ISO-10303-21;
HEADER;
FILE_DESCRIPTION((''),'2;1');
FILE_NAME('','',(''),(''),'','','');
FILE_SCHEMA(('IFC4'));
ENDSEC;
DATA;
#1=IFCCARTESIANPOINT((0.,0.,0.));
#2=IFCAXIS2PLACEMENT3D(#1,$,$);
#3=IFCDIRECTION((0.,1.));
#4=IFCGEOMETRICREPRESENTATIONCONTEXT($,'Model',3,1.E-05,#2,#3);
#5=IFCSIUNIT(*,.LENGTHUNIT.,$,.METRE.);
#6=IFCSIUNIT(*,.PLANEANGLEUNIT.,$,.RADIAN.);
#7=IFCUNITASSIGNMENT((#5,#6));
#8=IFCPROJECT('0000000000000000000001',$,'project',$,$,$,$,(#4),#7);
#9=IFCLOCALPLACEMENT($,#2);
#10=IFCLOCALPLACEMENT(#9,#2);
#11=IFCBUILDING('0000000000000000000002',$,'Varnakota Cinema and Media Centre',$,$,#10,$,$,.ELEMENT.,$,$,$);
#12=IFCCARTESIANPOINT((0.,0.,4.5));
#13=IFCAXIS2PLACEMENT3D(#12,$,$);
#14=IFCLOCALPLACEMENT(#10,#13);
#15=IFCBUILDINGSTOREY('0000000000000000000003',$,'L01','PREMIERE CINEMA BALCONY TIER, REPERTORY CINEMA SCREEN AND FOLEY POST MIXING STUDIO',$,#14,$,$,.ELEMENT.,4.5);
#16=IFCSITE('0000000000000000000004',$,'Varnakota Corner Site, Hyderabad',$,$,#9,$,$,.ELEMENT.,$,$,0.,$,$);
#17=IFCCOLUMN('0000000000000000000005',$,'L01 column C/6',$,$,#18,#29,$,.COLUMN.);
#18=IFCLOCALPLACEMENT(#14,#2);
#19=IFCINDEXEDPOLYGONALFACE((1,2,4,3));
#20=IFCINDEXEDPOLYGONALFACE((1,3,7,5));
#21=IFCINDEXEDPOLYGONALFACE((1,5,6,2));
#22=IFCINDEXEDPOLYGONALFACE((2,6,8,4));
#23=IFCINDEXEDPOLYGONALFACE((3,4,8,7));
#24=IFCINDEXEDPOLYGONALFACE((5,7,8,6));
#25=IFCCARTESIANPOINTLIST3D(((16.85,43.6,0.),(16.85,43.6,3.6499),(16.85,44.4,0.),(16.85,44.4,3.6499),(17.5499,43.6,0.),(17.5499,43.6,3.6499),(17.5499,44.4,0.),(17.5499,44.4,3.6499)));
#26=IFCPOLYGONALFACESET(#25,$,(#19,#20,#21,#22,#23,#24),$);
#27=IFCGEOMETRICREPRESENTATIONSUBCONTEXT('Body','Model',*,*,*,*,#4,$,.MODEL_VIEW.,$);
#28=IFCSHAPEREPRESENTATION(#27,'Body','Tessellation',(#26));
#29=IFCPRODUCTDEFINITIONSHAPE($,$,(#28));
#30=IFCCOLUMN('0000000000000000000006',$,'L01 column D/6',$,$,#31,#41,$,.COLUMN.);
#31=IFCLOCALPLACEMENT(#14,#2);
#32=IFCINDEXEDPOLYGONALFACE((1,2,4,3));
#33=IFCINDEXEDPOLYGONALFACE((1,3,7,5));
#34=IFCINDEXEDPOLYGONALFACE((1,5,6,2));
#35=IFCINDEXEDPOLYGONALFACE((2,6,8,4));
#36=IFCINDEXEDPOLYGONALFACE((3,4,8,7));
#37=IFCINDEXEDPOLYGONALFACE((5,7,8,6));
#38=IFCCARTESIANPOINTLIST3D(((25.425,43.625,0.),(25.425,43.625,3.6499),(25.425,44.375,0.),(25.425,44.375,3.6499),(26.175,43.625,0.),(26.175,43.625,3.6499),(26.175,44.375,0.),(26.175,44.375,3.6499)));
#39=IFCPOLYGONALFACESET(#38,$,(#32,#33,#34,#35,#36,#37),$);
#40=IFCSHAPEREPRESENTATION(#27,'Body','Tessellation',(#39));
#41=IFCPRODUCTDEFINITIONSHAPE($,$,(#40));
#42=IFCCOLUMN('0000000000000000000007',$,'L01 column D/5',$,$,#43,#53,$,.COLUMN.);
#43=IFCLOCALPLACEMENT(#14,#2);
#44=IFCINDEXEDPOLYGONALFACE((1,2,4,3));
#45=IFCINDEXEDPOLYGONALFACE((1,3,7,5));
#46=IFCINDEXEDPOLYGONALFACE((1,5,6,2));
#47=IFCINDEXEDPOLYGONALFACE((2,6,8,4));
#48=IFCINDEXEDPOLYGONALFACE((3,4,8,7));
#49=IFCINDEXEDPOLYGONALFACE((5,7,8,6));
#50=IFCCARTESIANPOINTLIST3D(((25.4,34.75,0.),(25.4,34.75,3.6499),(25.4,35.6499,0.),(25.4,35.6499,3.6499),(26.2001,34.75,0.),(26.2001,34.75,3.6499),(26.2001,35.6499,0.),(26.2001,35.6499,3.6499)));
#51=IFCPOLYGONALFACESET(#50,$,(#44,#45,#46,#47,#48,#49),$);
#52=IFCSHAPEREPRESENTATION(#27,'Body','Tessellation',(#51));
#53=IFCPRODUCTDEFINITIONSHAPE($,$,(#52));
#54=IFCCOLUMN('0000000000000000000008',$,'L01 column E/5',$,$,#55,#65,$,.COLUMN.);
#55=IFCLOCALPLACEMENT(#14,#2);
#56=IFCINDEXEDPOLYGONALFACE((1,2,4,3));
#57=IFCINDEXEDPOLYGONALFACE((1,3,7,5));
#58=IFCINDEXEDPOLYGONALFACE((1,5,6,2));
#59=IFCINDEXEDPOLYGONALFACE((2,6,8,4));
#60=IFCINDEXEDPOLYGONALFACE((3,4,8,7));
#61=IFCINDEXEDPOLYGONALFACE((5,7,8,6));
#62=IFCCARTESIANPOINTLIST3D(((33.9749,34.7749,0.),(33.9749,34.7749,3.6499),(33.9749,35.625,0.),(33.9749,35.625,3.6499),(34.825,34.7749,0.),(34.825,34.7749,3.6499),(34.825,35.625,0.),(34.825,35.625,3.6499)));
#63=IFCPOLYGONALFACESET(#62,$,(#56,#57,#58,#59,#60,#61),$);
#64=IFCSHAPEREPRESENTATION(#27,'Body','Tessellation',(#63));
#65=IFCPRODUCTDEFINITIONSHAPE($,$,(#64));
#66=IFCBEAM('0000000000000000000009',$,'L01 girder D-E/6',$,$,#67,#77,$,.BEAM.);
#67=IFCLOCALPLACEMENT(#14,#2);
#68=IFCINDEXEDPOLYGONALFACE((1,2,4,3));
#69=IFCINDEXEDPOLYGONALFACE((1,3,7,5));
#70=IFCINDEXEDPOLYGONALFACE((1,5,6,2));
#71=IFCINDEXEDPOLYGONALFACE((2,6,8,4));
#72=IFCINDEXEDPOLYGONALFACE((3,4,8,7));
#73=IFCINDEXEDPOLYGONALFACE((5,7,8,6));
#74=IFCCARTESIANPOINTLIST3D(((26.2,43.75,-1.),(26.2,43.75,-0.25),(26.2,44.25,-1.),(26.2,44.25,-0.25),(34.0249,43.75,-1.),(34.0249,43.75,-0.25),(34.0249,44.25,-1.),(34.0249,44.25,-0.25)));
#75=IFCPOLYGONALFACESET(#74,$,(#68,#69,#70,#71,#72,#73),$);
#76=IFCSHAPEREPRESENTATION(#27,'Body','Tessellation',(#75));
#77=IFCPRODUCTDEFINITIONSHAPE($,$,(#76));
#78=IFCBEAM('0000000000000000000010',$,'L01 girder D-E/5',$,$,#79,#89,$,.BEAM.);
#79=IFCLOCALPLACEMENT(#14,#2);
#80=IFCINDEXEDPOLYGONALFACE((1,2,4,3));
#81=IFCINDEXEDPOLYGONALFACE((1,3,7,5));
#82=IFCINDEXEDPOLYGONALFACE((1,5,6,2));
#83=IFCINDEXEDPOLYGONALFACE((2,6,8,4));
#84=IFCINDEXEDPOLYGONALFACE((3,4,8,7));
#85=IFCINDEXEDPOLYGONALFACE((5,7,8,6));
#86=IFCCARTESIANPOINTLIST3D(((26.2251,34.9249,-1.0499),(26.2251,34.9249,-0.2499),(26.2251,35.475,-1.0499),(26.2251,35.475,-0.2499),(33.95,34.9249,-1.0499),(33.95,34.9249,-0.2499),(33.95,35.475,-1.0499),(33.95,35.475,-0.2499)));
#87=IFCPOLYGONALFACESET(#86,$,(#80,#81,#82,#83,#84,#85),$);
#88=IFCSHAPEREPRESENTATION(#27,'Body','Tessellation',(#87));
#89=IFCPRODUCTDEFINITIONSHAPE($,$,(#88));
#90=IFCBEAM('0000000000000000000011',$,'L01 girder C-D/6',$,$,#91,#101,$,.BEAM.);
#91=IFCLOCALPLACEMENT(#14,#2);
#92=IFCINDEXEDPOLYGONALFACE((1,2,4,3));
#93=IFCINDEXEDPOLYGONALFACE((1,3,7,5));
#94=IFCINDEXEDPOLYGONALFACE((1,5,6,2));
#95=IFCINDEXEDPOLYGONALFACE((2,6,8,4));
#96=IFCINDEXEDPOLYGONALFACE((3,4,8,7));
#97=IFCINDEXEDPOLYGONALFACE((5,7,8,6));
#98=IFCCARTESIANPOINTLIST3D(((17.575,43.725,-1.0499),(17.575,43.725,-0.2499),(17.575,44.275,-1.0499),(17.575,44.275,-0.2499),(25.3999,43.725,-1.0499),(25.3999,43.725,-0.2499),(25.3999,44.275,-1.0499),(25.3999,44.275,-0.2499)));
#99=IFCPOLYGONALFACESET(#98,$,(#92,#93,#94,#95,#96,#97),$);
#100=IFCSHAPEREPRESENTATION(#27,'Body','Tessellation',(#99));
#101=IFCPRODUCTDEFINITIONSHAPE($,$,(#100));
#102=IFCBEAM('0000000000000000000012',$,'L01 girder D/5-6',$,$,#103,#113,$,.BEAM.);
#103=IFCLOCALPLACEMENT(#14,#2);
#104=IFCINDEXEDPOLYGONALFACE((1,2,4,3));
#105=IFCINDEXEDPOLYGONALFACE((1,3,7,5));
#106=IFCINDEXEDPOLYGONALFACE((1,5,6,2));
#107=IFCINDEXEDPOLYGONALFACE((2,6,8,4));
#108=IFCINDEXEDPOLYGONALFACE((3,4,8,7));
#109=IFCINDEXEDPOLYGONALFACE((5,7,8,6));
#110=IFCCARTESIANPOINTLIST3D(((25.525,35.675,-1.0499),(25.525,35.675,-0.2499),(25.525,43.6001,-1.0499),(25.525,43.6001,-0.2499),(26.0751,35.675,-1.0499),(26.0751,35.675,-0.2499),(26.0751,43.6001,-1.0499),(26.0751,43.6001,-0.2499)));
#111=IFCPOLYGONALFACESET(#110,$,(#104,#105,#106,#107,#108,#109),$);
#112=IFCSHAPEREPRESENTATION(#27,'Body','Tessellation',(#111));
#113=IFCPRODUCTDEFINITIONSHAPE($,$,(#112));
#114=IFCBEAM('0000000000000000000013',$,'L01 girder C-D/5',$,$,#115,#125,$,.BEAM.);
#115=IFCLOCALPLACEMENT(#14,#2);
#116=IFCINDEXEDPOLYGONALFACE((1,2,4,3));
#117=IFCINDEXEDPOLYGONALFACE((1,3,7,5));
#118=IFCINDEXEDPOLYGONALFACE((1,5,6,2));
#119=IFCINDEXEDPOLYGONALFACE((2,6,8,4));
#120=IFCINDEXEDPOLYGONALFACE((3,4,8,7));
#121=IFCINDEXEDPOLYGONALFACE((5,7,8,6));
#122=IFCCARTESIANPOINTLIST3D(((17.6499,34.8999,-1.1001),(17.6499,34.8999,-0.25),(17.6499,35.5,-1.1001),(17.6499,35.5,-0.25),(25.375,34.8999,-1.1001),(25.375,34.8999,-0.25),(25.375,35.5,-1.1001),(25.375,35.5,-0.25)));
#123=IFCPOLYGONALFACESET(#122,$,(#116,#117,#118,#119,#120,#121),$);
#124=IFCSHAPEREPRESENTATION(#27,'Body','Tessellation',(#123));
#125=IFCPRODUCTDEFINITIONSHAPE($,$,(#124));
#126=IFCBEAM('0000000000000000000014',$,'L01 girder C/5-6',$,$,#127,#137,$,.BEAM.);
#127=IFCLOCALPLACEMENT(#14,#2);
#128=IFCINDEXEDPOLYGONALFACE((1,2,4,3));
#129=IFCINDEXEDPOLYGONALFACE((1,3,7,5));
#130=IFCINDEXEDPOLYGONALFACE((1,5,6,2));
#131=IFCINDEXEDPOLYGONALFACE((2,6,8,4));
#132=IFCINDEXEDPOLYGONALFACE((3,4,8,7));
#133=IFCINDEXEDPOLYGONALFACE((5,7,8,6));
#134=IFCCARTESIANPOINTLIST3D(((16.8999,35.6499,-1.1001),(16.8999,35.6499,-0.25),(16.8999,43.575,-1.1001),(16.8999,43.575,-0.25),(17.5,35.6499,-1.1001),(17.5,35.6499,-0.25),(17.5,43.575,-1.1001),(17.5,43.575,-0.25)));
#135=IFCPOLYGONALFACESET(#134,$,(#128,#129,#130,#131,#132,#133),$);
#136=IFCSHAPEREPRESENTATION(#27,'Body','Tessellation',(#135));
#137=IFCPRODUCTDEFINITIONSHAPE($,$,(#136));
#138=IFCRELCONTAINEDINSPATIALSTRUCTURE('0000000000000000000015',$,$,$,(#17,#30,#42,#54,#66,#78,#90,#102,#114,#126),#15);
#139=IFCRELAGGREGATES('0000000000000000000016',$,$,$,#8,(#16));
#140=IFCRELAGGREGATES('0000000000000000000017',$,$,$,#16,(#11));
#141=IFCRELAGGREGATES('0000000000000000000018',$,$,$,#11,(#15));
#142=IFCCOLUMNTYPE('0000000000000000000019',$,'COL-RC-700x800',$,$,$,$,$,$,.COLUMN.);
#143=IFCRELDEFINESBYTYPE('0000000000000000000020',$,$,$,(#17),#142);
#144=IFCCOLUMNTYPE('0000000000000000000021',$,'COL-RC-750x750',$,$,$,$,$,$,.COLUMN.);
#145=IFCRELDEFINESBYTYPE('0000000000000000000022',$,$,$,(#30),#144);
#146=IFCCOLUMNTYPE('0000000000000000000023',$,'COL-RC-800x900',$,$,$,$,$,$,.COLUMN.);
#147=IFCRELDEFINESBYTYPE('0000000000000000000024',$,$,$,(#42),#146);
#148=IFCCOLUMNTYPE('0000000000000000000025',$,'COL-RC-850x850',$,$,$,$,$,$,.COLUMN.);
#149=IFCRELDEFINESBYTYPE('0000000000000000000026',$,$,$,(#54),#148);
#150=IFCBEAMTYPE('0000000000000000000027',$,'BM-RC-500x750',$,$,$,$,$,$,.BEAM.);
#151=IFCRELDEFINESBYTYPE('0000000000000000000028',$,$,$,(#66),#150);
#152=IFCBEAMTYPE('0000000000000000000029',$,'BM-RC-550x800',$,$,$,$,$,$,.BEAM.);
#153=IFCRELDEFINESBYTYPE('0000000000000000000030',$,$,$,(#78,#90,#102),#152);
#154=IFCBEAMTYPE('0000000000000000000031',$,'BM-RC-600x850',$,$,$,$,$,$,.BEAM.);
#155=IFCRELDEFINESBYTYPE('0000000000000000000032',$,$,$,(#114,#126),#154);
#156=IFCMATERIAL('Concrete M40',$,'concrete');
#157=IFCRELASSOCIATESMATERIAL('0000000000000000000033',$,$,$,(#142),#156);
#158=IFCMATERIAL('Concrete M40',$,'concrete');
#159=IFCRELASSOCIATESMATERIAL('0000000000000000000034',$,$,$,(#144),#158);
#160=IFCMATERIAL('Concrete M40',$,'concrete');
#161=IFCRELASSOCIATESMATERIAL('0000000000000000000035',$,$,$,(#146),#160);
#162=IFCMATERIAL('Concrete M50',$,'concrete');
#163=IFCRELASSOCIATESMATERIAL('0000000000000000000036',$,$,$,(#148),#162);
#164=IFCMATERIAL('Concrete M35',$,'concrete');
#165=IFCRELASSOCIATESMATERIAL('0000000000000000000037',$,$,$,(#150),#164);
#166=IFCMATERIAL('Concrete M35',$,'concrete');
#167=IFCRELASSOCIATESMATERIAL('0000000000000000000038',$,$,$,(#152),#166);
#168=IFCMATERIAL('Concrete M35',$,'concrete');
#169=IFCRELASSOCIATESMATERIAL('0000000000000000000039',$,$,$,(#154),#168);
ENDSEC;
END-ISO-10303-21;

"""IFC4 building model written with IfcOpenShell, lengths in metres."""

from ifc_helpers import new_model, si_unit, direction, frame, origin, origin_2d, place, context, subcontext, project, spatial, rectangle, extrude, material, material_profile, profile_set, type_object, element, save


model = new_model("IFC4")

# Units and contexts
model_context = context("Model", 3, precision=1e-05, world=origin(), true_north=direction((0.0, 1.0)))
body_context = subcontext(model_context, "Body", "Model", "MODEL_VIEW")
ifc_project = project(units=[si_unit("LENGTHUNIT", "METRE"), si_unit("PLANEANGLEUNIT", "RADIAN")], contexts=[model_context])

# Site, building, storey
site_placement = place(None, origin())
site = spatial("IfcSite", under=ifc_project, at=site_placement, Name="Varnakota Corner Site, Hyderabad", CompositionType="ELEMENT", RefElevation=0.0)
building_placement = place(site_placement, origin())
building = spatial("IfcBuilding", under=site, at=building_placement, Name="Varnakota Cinema and Media Centre", CompositionType="ELEMENT")
storey_placement = place(building_placement, frame((0.0, 0.0, 4.5)))
storey = spatial("IfcBuildingStorey", under=building, at=storey_placement, Name="L01", Description="PREMIERE CINEMA BALCONY TIER, REPERTORY CINEMA SCREEN AND FOLEY POST MIXING STUDIO", CompositionType="ELEMENT", Elevation=4.5)

# Columns
ifc_material_1 = material(Name="Concrete M40", Category="concrete")
ifc_material_profile_1 = material_profile(ifc_material_1, rectangle(XDim=0.7, YDim=0.8, at=origin_2d()), Name="RC 700x800")
ifc_profile_set_1 = profile_set([ifc_material_profile_1], Name="Concrete M40")
column_type_1 = type_object("IfcColumnType", Name="COL-RC-700x800", PredefinedType="COLUMN", material=ifc_profile_set_1)
column_1_placement = place(storey_placement, frame((17.2, 44.0, 0.0), z_axis=(0.0, 0.0, 1.0), x_axis=(1.0, 0.0, 0.0)))
element("IfcColumn", 1, at=column_1_placement, inside=storey, type_object=column_type_1, Name="L01 column C/6", PredefinedType="COLUMN", context=body_context, shape_type="SweptSolid", body=[
    extrude(rectangle(XDim=0.7, YDim=0.8, at=origin_2d()), origin(), (0.0, 0.0, 1.0), 3.6499),
])
ifc_material_2 = material(Name="Concrete M40", Category="concrete")
ifc_material_profile_2 = material_profile(ifc_material_2, rectangle(XDim=0.75, YDim=0.75, at=origin_2d()), Name="RC 750x750")
ifc_profile_set_2 = profile_set([ifc_material_profile_2], Name="Concrete M40")
column_type_2 = type_object("IfcColumnType", Name="COL-RC-750x750", PredefinedType="COLUMN", material=ifc_profile_set_2)
column_2_placement = place(storey_placement, frame((25.8, 44.0, 0.0), z_axis=(0.0, 0.0, 1.0), x_axis=(1.0, 0.0, 0.0)))
element("IfcColumn", 2, at=column_2_placement, inside=storey, type_object=column_type_2, Name="L01 column D/6", PredefinedType="COLUMN", context=body_context, shape_type="SweptSolid", body=[
    extrude(rectangle(XDim=0.75, YDim=0.75, at=origin_2d()), origin(), (0.0, 0.0, 1.0), 3.6499),
])
ifc_material_3 = material(Name="Concrete M40", Category="concrete")
ifc_material_profile_3 = material_profile(ifc_material_3, rectangle(XDim=0.8, YDim=0.8999, at=origin_2d()), Name="RC 800x900")
ifc_profile_set_3 = profile_set([ifc_material_profile_3], Name="Concrete M40")
column_type_3 = type_object("IfcColumnType", Name="COL-RC-800x900", PredefinedType="COLUMN", material=ifc_profile_set_3)
column_3_placement = place(storey_placement, frame((25.8, 35.2, 0.0), z_axis=(0.0, 0.0, 1.0), x_axis=(1.0, 0.0, 0.0)))
element("IfcColumn", 3, at=column_3_placement, inside=storey, type_object=column_type_3, Name="L01 column D/5", PredefinedType="COLUMN", context=body_context, shape_type="SweptSolid", body=[
    extrude(rectangle(XDim=0.8, YDim=0.8999, at=origin_2d()), origin(), (0.0, 0.0, 1.0), 3.6499),
])
ifc_material_4 = material(Name="Concrete M50", Category="concrete")
ifc_material_profile_4 = material_profile(ifc_material_4, rectangle(XDim=0.8501, YDim=0.8501, at=origin_2d()), Name="RC 850x850")
ifc_profile_set_4 = profile_set([ifc_material_profile_4], Name="Concrete M50")
column_type_4 = type_object("IfcColumnType", Name="COL-RC-850x850", PredefinedType="COLUMN", material=ifc_profile_set_4)
column_4_placement = place(storey_placement, frame((34.3999, 35.2, 0.0), z_axis=(0.0, 0.0, 1.0), x_axis=(1.0, 0.0, 0.0)))
element("IfcColumn", 4, at=column_4_placement, inside=storey, type_object=column_type_4, Name="L01 column E/5", PredefinedType="COLUMN", context=body_context, shape_type="SweptSolid", body=[
    extrude(rectangle(XDim=0.8501, YDim=0.8501, at=origin_2d()), origin(), (0.0, 0.0, 1.0), 3.6499),
])

# Beams
ifc_material_5 = material(Name="Concrete M35", Category="concrete")
ifc_material_profile_5 = material_profile(ifc_material_5, rectangle(XDim=0.5, YDim=0.75, at=origin_2d()), Name="RCB 500x750")
ifc_profile_set_5 = profile_set([ifc_material_profile_5], Name="Concrete M35")
beam_type_1 = type_object("IfcBeamType", Name="BM-RC-500x750", PredefinedType="BEAM", material=ifc_profile_set_5)
beam_1_placement = place(storey_placement, frame((26.2, 44.0, -0.625), z_axis=(1.0, 0.0, 0.0), x_axis=(0.0, 1.0, 0.0)))
element("IfcBeam", 5, at=beam_1_placement, inside=storey, type_object=beam_type_1, Name="L01 girder D-E/6", PredefinedType="BEAM", context=body_context, shape_type="SweptSolid", body=[
    extrude(rectangle(XDim=0.5, YDim=0.75, at=origin_2d()), origin(), (0.0, 0.0, 1.0), 7.825),
])
ifc_material_6 = material(Name="Concrete M35", Category="concrete")
ifc_material_profile_6 = material_profile(ifc_material_6, rectangle(XDim=0.55, YDim=0.8, at=origin_2d()), Name="RCB 550x800")
ifc_profile_set_6 = profile_set([ifc_material_profile_6], Name="Concrete M35")
beam_type_2 = type_object("IfcBeamType", Name="BM-RC-550x800", PredefinedType="BEAM", material=ifc_profile_set_6)
beam_2_placement = place(storey_placement, frame((26.2251, 35.2, -0.6499), z_axis=(1.0, 0.0, 0.0), x_axis=(0.0, 1.0, 0.0)))
element("IfcBeam", 6, at=beam_2_placement, inside=storey, type_object=beam_type_2, Name="L01 girder D-E/5", PredefinedType="BEAM", context=body_context, shape_type="SweptSolid", body=[
    extrude(rectangle(XDim=0.55, YDim=0.8, at=origin_2d()), origin(), (0.0, 0.0, 1.0), 7.7249),
])
beam_3_placement = place(storey_placement, frame((17.575, 44.0, -0.6499), z_axis=(1.0, 0.0, 0.0), x_axis=(0.0, 1.0, 0.0)))
element("IfcBeam", 7, at=beam_3_placement, inside=storey, type_object=beam_type_2, Name="L01 girder C-D/6", PredefinedType="BEAM", context=body_context, shape_type="SweptSolid", body=[
    extrude(rectangle(XDim=0.55, YDim=0.8, at=origin_2d()), origin(), (0.0, 0.0, 1.0), 7.825),
])
beam_4_placement = place(storey_placement, frame((25.8, 35.675, -0.6499), z_axis=(0.0, 1.0, 0.0), x_axis=(-1.0, 0.0, 0.0)))
element("IfcBeam", 8, at=beam_4_placement, inside=storey, type_object=beam_type_2, Name="L01 girder D/5-6", PredefinedType="BEAM", context=body_context, shape_type="SweptSolid", body=[
    extrude(rectangle(XDim=0.55, YDim=0.8, at=origin_2d()), origin(), (0.0, 0.0, 1.0), 7.925),
])
ifc_material_7 = material(Name="Concrete M35", Category="concrete")
ifc_material_profile_7 = material_profile(ifc_material_7, rectangle(XDim=0.6001, YDim=0.8501, at=origin_2d()), Name="RCB 600x850")
ifc_profile_set_7 = profile_set([ifc_material_profile_7], Name="Concrete M35")
beam_type_3 = type_object("IfcBeamType", Name="BM-RC-600x850", PredefinedType="BEAM", material=ifc_profile_set_7)
beam_5_placement = place(storey_placement, frame((17.6499, 35.2, -0.675), z_axis=(1.0, 0.0, 0.0), x_axis=(0.0, 1.0, 0.0)))
element("IfcBeam", 9, at=beam_5_placement, inside=storey, type_object=beam_type_3, Name="L01 girder C-D/5", PredefinedType="BEAM", context=body_context, shape_type="SweptSolid", body=[
    extrude(rectangle(XDim=0.6001, YDim=0.8501, at=origin_2d()), origin(), (0.0, 0.0, 1.0), 7.7251),
])
beam_6_placement = place(storey_placement, frame((17.2, 35.6499, -0.675), z_axis=(0.0, 1.0, 0.0), x_axis=(-1.0, 0.0, 0.0)))
element("IfcBeam", 10, at=beam_6_placement, inside=storey, type_object=beam_type_3, Name="L01 girder C/5-6", PredefinedType="BEAM", context=body_context, shape_type="SweptSolid", body=[
    extrude(rectangle(XDim=0.6001, YDim=0.8501, at=origin_2d()), origin(), (0.0, 0.0, 1.0), 7.925),
])

save(model, "model.ifc")
